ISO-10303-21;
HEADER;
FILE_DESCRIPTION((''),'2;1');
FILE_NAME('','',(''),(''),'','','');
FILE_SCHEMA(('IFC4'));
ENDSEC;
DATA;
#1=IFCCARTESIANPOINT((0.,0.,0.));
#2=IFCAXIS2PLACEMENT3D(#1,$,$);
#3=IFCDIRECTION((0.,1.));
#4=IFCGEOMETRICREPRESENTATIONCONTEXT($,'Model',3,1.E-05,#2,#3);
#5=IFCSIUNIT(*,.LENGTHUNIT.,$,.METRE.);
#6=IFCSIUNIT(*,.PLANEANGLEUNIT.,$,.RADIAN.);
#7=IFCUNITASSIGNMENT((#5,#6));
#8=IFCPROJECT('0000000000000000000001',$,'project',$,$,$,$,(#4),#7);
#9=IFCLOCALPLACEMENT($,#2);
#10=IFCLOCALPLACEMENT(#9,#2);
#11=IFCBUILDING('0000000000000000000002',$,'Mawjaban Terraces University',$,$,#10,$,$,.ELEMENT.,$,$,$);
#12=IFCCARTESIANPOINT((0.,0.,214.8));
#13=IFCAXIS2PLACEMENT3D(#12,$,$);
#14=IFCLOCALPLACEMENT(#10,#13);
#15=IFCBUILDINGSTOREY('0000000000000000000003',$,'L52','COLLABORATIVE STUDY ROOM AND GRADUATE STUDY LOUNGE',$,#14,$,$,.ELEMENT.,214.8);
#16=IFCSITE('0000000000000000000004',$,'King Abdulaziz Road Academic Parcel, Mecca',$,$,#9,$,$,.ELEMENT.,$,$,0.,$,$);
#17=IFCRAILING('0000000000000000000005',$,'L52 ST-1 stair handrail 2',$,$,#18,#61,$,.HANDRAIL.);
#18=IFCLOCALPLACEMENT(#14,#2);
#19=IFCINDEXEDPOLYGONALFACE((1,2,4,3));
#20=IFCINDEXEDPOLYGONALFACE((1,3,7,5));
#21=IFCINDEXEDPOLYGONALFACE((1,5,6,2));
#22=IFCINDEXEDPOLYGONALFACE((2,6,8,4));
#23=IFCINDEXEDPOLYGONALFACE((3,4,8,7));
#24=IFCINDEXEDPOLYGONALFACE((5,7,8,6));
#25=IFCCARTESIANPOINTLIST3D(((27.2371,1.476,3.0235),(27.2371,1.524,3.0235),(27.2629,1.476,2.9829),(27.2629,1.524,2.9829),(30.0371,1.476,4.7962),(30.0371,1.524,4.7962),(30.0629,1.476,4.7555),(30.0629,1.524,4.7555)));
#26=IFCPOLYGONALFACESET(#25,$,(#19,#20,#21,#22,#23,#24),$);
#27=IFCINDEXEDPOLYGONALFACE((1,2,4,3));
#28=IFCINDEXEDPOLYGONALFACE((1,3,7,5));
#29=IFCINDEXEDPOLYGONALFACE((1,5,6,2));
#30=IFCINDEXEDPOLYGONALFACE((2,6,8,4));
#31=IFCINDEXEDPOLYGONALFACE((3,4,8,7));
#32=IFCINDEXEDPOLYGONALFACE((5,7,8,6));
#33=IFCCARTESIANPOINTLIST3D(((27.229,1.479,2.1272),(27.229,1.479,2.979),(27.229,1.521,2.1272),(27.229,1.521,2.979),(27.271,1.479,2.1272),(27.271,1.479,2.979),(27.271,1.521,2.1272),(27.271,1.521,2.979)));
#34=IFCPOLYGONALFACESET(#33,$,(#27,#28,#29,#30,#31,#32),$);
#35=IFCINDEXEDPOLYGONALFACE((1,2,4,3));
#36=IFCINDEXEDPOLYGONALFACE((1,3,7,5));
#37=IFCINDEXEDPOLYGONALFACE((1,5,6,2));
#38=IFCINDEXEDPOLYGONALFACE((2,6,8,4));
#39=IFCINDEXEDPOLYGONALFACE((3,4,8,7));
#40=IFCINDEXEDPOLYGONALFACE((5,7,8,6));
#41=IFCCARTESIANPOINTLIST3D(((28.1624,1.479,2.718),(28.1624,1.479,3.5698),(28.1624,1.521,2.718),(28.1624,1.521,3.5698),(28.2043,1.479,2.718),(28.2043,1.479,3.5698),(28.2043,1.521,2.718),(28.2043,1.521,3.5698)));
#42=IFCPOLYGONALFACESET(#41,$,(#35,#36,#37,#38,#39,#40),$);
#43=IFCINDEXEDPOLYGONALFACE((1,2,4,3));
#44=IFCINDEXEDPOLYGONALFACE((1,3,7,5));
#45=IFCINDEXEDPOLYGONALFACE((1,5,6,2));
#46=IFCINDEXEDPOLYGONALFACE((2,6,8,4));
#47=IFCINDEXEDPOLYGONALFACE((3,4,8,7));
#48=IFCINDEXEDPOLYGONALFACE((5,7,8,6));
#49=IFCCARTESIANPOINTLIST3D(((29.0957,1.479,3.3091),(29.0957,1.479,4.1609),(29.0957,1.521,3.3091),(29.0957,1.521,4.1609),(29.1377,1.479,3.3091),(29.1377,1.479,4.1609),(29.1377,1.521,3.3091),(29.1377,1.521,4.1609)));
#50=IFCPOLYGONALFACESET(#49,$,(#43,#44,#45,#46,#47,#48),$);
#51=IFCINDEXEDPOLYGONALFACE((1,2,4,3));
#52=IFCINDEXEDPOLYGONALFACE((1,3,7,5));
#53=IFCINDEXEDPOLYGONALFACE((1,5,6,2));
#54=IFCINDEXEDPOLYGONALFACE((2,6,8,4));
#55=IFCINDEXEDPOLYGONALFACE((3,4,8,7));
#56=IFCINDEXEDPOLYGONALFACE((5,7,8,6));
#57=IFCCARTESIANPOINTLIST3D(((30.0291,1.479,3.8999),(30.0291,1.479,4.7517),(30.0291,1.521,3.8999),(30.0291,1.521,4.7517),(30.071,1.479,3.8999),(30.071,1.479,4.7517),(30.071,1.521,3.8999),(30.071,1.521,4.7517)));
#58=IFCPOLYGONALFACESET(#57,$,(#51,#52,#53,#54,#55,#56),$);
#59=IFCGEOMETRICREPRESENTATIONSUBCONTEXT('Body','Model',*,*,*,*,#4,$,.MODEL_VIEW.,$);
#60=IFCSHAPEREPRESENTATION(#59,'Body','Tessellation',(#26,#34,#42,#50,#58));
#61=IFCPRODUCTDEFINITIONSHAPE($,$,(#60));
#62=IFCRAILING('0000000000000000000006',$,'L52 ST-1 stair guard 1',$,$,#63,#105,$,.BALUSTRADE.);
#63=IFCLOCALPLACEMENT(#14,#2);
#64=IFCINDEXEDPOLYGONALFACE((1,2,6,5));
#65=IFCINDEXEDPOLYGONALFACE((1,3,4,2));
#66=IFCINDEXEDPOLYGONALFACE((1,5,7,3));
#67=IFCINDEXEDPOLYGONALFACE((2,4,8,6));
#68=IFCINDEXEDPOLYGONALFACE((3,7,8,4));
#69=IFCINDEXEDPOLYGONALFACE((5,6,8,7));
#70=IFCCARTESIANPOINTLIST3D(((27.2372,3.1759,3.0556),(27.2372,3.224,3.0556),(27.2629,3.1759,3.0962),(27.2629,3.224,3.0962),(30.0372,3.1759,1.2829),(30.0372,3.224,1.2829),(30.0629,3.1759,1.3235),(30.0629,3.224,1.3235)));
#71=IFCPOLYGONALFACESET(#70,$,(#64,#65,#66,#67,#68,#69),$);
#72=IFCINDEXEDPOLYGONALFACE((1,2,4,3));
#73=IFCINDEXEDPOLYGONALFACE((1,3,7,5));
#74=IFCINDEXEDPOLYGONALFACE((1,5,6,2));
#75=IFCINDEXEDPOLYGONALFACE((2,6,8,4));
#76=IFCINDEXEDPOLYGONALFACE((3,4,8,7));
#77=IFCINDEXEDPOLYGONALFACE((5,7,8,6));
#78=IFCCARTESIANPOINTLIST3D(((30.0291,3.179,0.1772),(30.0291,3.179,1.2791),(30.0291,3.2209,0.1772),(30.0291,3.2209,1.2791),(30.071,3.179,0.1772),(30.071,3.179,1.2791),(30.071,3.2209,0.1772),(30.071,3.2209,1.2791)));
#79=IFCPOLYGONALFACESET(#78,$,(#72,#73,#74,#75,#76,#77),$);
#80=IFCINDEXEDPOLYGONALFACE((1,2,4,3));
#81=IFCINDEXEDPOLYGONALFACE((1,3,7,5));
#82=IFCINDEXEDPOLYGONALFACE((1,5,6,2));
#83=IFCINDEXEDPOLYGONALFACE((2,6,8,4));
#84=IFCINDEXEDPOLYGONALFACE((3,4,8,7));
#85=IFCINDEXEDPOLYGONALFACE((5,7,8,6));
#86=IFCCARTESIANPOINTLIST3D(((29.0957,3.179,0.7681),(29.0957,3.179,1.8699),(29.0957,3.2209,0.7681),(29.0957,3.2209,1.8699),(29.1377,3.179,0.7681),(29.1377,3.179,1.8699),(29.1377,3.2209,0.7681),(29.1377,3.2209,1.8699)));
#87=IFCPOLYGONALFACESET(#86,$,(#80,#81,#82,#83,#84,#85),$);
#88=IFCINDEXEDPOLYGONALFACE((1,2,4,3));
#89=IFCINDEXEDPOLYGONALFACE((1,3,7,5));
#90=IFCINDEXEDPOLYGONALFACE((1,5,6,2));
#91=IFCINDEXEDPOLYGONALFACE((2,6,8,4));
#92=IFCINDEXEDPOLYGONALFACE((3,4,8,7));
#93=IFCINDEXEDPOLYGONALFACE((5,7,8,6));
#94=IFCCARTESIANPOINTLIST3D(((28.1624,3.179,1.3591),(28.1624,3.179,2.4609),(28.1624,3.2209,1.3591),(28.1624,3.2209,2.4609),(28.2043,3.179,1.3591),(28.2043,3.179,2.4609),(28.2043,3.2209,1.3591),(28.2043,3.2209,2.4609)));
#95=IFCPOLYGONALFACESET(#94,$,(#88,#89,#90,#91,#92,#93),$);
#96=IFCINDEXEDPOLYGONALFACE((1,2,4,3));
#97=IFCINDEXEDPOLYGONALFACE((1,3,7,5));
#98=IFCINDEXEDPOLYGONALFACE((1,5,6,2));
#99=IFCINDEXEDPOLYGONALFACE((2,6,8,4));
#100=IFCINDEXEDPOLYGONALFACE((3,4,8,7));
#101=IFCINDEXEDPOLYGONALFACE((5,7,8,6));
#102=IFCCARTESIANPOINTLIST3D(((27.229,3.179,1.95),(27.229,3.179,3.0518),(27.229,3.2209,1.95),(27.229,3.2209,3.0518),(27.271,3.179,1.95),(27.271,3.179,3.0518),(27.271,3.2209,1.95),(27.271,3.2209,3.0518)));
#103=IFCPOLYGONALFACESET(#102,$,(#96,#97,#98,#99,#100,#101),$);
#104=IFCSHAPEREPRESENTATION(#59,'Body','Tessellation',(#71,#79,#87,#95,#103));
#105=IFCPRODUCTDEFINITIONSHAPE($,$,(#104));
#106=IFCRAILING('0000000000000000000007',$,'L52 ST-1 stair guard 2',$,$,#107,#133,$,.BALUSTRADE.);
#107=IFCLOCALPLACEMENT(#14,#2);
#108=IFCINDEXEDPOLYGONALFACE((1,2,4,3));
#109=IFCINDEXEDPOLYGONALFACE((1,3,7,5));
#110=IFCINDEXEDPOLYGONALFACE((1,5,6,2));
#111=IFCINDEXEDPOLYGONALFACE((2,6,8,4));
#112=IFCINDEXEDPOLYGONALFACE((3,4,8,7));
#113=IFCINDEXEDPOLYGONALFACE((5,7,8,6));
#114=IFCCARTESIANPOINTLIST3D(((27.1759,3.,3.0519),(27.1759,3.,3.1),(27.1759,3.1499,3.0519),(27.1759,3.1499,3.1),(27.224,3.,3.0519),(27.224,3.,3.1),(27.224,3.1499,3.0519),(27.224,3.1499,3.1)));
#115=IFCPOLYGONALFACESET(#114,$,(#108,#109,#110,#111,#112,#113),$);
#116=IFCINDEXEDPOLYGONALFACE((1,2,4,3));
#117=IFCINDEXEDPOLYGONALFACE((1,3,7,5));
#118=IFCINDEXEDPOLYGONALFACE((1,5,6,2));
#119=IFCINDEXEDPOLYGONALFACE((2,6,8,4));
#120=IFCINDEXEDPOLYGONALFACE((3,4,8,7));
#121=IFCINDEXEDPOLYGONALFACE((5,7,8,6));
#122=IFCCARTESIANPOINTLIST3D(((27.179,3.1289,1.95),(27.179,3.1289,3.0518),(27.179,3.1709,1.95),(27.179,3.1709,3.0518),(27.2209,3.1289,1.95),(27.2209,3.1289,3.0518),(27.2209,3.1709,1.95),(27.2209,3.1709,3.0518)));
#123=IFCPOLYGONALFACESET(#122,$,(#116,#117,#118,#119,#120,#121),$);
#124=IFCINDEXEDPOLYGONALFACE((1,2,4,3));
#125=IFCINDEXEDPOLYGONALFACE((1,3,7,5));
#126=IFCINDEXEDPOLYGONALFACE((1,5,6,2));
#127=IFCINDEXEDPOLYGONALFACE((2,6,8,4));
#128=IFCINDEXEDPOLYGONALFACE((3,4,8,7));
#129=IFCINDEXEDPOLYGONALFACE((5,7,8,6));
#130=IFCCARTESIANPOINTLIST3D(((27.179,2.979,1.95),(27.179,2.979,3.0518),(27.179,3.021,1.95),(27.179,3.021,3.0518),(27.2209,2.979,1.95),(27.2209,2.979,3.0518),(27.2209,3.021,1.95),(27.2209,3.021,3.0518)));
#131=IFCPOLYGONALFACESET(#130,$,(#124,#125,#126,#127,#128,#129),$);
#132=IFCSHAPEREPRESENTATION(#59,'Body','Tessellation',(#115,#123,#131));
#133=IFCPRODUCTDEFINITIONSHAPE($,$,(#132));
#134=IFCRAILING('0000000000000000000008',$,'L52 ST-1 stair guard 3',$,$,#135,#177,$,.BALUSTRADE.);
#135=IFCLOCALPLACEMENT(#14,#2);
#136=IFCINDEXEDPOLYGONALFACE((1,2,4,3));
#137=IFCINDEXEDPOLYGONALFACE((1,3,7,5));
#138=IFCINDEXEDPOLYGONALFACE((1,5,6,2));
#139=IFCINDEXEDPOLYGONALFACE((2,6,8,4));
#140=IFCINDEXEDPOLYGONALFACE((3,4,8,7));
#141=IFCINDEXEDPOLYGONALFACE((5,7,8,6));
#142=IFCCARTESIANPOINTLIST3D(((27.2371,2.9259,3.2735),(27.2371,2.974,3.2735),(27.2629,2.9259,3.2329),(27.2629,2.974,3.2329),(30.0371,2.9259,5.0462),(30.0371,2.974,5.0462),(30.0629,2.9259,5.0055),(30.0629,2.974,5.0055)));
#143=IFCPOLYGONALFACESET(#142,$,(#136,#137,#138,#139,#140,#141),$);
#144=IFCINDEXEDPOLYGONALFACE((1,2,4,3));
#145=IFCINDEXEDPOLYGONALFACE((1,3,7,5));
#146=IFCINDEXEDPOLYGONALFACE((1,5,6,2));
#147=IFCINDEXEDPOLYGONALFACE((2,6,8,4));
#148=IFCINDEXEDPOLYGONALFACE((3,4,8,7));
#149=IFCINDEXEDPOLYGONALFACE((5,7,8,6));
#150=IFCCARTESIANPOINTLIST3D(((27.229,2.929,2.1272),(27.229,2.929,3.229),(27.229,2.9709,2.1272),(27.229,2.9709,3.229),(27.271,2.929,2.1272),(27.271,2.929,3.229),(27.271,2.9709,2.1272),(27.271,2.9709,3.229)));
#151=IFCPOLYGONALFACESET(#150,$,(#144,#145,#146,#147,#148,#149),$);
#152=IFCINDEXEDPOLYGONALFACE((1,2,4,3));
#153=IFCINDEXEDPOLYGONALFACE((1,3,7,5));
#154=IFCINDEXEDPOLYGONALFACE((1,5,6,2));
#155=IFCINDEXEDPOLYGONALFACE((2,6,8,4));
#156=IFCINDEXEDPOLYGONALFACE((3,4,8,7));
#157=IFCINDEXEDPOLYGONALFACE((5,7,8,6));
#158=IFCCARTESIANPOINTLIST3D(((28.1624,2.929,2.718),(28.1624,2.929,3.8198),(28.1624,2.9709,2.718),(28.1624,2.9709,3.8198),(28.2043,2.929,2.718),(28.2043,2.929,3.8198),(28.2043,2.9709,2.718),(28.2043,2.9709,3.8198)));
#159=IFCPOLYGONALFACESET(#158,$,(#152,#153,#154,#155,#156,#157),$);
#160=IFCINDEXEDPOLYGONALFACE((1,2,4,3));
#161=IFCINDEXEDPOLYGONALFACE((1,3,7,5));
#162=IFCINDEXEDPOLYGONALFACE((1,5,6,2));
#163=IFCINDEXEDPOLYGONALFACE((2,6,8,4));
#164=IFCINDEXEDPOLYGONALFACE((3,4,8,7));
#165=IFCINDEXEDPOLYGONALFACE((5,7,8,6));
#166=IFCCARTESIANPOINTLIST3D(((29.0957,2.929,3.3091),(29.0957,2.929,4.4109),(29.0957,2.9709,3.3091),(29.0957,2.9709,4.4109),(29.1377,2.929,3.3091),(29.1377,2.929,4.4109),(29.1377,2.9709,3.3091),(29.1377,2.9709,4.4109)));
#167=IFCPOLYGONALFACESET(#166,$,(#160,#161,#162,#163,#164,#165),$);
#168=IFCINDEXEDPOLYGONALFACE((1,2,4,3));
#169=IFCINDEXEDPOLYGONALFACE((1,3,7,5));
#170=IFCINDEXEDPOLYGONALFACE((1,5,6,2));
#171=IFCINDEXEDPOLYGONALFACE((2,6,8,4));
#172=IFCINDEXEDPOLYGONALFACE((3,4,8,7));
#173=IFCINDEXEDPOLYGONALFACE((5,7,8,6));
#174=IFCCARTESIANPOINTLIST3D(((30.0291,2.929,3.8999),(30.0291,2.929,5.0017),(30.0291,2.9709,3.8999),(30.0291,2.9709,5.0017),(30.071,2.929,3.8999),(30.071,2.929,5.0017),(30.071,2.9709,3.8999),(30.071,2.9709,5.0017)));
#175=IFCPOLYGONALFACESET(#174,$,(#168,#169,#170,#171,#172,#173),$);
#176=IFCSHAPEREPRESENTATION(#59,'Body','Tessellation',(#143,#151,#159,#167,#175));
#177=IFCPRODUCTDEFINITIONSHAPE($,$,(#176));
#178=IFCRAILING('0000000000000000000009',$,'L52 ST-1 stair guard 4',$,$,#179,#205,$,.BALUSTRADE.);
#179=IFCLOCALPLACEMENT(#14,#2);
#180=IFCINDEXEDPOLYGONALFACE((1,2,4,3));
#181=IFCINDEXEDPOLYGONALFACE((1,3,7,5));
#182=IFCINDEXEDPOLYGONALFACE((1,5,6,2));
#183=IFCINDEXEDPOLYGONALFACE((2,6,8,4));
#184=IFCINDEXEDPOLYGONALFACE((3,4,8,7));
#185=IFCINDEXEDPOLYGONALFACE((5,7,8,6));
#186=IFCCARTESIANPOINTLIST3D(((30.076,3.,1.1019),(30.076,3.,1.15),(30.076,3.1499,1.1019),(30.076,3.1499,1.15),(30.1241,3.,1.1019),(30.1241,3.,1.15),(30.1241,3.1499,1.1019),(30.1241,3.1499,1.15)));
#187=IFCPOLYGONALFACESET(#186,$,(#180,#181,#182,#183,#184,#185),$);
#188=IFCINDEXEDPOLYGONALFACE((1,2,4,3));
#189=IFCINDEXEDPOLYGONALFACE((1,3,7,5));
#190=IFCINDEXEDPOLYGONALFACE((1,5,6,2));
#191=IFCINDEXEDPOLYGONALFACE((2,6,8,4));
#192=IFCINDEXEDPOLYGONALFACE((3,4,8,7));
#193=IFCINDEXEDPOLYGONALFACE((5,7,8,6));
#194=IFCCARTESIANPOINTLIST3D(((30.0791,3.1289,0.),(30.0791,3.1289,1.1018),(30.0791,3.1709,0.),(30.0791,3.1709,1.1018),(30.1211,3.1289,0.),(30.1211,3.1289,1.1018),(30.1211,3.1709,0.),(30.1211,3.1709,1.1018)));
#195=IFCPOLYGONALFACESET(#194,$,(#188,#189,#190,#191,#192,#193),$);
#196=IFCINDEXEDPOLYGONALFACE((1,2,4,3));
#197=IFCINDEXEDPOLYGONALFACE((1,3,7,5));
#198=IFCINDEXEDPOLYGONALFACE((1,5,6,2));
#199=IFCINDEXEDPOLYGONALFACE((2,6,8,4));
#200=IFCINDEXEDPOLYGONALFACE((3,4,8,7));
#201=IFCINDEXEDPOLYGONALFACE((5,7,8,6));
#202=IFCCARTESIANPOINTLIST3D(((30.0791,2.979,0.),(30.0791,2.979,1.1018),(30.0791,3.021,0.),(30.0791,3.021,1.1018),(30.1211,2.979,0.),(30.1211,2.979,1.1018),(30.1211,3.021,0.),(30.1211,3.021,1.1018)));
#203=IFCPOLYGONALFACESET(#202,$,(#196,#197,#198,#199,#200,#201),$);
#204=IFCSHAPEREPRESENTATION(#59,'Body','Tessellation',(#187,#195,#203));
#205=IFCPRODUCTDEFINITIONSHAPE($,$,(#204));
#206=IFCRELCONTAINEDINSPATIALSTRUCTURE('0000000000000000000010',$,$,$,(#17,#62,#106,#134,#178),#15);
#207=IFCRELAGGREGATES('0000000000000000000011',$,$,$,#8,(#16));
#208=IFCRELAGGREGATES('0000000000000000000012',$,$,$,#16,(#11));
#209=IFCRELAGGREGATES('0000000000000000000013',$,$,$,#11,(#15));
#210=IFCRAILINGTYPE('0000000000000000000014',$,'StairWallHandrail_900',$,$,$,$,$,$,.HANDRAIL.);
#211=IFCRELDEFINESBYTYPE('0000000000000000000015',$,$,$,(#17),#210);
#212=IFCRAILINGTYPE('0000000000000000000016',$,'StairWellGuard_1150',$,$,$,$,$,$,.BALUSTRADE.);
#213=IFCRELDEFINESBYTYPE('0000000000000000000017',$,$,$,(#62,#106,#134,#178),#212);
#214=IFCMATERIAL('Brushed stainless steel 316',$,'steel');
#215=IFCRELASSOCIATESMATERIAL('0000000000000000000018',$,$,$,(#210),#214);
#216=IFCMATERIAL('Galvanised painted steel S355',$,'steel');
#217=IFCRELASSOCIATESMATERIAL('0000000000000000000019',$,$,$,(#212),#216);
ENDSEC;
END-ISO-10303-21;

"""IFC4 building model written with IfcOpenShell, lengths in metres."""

from ifc_helpers import new_model, si_unit, direction, frame, origin, origin_2d, place, context, subcontext, project, spatial, rectangle, extrude, material, type_object, element, save


model = new_model("IFC4")

# Units and contexts
model_context = context("Model", 3, precision=1e-05, world=origin(), true_north=direction((0.0, 1.0)))
body_context = subcontext(model_context, "Body", "Model", "MODEL_VIEW")
ifc_project = project(units=[si_unit("LENGTHUNIT", "METRE"), si_unit("PLANEANGLEUNIT", "RADIAN")], contexts=[model_context])

# Site, building, storey
site_placement = place(None, origin())
site = spatial("IfcSite", under=ifc_project, at=site_placement, Name="King Abdulaziz Road Academic Parcel, Mecca", CompositionType="ELEMENT", RefElevation=0.0)
building_placement = place(site_placement, origin())
building = spatial("IfcBuilding", under=site, at=building_placement, Name="Mawjaban Terraces University", CompositionType="ELEMENT")
storey_placement = place(building_placement, frame((0.0, 0.0, 214.8)))
storey = spatial("IfcBuildingStorey", under=building, at=storey_placement, Name="L52", Description="COLLABORATIVE STUDY ROOM AND GRADUATE STUDY LOUNGE", CompositionType="ELEMENT", Elevation=214.8)

# Railings
ifc_material_1 = material(Name="Brushed stainless steel 316", Category="steel")
railing_type_1 = type_object("IfcRailingType", Name="StairWallHandrail_900", PredefinedType="HANDRAIL", material=ifc_material_1)
railing_1_placement = place(storey_placement, frame((27.25, 1.5, 2.1272)))
element("IfcRailing", 1, at=railing_1_placement, inside=storey, type_object=railing_type_1, Name="L52 ST-1 stair handrail 2", PredefinedType="HANDRAIL", context=body_context, shape_type="SweptSolid", body=[
    extrude(rectangle(XDim=0.0481, YDim=0.0481, at=origin_2d()), frame((0.0, 0.0, 0.876), z_axis=(0.844909, 0.0, 0.53491), x_axis=(0.0, 1.0, 0.0)), (0.0, 0.0, 1.0), 3.314),
    extrude(rectangle(XDim=0.042, YDim=0.042, at=origin_2d()), origin(), (0.0, 0.0, 1.0), 0.8518),
    extrude(rectangle(XDim=0.042, YDim=0.042, at=origin_2d()), frame((0.9333, 0.0, 0.5908)), (0.0, 0.0, 1.0), 0.8518),
    extrude(rectangle(XDim=0.042, YDim=0.042, at=origin_2d()), frame((1.8667, 0.0, 1.1819)), (0.0, 0.0, 1.0), 0.8518),
    extrude(rectangle(XDim=0.042, YDim=0.042, at=origin_2d()), frame((2.8, 0.0, 1.7727)), (0.0, 0.0, 1.0), 0.8518),
])
ifc_material_2 = material(Name="Galvanised painted steel S355", Category="steel")
railing_type_2 = type_object("IfcRailingType", Name="StairWellGuard_1150", PredefinedType="BALUSTRADE", material=ifc_material_2)
railing_2_placement = place(storey_placement, frame((30.05, 3.2, 0.1772)))
element("IfcRailing", 2, at=railing_2_placement, inside=storey, type_object=railing_type_2, Name="L52 ST-1 stair guard 1", PredefinedType="BALUSTRADE", context=body_context, shape_type="SweptSolid", body=[
    extrude(rectangle(XDim=0.0481, YDim=0.0481, at=origin_2d()), frame((0.0, 0.0, 1.126), z_axis=(-0.844909, 0.0, 0.53491), x_axis=(0.0, -1.0, 0.0)), (0.0, 0.0, 1.0), 3.314),
    extrude(rectangle(XDim=0.042, YDim=0.042, at=origin_2d()), origin(), (0.0, 0.0, 1.0), 1.1018),
    extrude(rectangle(XDim=0.042, YDim=0.042, at=origin_2d()), frame((-0.9333, 0.0, 0.5908)), (0.0, 0.0, 1.0), 1.1018),
    extrude(rectangle(XDim=0.042, YDim=0.042, at=origin_2d()), frame((-1.8667, 0.0, 1.1819)), (0.0, 0.0, 1.0), 1.1018),
    extrude(rectangle(XDim=0.042, YDim=0.042, at=origin_2d()), frame((-2.8, 0.0, 1.7727)), (0.0, 0.0, 1.0), 1.1018),
])
railing_3_placement = place(storey_placement, frame((27.2, 3.1499, 1.95)))
element("IfcRailing", 3, at=railing_3_placement, inside=storey, type_object=railing_type_2, Name="L52 ST-1 stair guard 2", PredefinedType="BALUSTRADE", context=body_context, shape_type="SweptSolid", body=[
    extrude(rectangle(XDim=0.0481, YDim=0.0481, at=origin_2d()), frame((0.0, 0.0, 1.126), z_axis=(0.0, -1.0, 0.0), x_axis=(1.0, 0.0, 0.0)), (0.0, 0.0, 1.0), 0.1499),
    extrude(rectangle(XDim=0.042, YDim=0.042, at=origin_2d()), origin(), (0.0, 0.0, 1.0), 1.1018),
    extrude(rectangle(XDim=0.042, YDim=0.042, at=origin_2d()), frame((0.0, -0.1499, 0.0)), (0.0, 0.0, 1.0), 1.1018),
])
railing_4_placement = place(storey_placement, frame((27.25, 2.95, 2.1272)))
element("IfcRailing", 4, at=railing_4_placement, inside=storey, type_object=railing_type_2, Name="L52 ST-1 stair guard 3", PredefinedType="BALUSTRADE", context=body_context, shape_type="SweptSolid", body=[
    extrude(rectangle(XDim=0.0481, YDim=0.0481, at=origin_2d()), frame((0.0, 0.0, 1.126), z_axis=(0.844909, 0.0, 0.53491), x_axis=(0.0, 1.0, 0.0)), (0.0, 0.0, 1.0), 3.314),
    extrude(rectangle(XDim=0.042, YDim=0.042, at=origin_2d()), origin(), (0.0, 0.0, 1.0), 1.1018),
    extrude(rectangle(XDim=0.042, YDim=0.042, at=origin_2d()), frame((0.9333, 0.0, 0.5908)), (0.0, 0.0, 1.0), 1.1018),
    extrude(rectangle(XDim=0.042, YDim=0.042, at=origin_2d()), frame((1.8667, 0.0, 1.1819)), (0.0, 0.0, 1.0), 1.1018),
    extrude(rectangle(XDim=0.042, YDim=0.042, at=origin_2d()), frame((2.8, 0.0, 1.7727)), (0.0, 0.0, 1.0), 1.1018),
])
railing_5_placement = place(storey_placement, frame((30.1001, 3.1499, 0.0)))
element("IfcRailing", 5, at=railing_5_placement, inside=storey, type_object=railing_type_2, Name="L52 ST-1 stair guard 4", PredefinedType="BALUSTRADE", context=body_context, shape_type="SweptSolid", body=[
    extrude(rectangle(XDim=0.0481, YDim=0.0481, at=origin_2d()), frame((0.0, 0.0, 1.126), z_axis=(0.0, -1.0, 0.0), x_axis=(1.0, 0.0, 0.0)), (0.0, 0.0, 1.0), 0.1499),
    extrude(rectangle(XDim=0.042, YDim=0.042, at=origin_2d()), origin(), (0.0, 0.0, 1.0), 1.1018),
    extrude(rectangle(XDim=0.042, YDim=0.042, at=origin_2d()), frame((0.0, -0.1499, 0.0)), (0.0, 0.0, 1.0), 1.1018),
])

save(model, "model.ifc")
